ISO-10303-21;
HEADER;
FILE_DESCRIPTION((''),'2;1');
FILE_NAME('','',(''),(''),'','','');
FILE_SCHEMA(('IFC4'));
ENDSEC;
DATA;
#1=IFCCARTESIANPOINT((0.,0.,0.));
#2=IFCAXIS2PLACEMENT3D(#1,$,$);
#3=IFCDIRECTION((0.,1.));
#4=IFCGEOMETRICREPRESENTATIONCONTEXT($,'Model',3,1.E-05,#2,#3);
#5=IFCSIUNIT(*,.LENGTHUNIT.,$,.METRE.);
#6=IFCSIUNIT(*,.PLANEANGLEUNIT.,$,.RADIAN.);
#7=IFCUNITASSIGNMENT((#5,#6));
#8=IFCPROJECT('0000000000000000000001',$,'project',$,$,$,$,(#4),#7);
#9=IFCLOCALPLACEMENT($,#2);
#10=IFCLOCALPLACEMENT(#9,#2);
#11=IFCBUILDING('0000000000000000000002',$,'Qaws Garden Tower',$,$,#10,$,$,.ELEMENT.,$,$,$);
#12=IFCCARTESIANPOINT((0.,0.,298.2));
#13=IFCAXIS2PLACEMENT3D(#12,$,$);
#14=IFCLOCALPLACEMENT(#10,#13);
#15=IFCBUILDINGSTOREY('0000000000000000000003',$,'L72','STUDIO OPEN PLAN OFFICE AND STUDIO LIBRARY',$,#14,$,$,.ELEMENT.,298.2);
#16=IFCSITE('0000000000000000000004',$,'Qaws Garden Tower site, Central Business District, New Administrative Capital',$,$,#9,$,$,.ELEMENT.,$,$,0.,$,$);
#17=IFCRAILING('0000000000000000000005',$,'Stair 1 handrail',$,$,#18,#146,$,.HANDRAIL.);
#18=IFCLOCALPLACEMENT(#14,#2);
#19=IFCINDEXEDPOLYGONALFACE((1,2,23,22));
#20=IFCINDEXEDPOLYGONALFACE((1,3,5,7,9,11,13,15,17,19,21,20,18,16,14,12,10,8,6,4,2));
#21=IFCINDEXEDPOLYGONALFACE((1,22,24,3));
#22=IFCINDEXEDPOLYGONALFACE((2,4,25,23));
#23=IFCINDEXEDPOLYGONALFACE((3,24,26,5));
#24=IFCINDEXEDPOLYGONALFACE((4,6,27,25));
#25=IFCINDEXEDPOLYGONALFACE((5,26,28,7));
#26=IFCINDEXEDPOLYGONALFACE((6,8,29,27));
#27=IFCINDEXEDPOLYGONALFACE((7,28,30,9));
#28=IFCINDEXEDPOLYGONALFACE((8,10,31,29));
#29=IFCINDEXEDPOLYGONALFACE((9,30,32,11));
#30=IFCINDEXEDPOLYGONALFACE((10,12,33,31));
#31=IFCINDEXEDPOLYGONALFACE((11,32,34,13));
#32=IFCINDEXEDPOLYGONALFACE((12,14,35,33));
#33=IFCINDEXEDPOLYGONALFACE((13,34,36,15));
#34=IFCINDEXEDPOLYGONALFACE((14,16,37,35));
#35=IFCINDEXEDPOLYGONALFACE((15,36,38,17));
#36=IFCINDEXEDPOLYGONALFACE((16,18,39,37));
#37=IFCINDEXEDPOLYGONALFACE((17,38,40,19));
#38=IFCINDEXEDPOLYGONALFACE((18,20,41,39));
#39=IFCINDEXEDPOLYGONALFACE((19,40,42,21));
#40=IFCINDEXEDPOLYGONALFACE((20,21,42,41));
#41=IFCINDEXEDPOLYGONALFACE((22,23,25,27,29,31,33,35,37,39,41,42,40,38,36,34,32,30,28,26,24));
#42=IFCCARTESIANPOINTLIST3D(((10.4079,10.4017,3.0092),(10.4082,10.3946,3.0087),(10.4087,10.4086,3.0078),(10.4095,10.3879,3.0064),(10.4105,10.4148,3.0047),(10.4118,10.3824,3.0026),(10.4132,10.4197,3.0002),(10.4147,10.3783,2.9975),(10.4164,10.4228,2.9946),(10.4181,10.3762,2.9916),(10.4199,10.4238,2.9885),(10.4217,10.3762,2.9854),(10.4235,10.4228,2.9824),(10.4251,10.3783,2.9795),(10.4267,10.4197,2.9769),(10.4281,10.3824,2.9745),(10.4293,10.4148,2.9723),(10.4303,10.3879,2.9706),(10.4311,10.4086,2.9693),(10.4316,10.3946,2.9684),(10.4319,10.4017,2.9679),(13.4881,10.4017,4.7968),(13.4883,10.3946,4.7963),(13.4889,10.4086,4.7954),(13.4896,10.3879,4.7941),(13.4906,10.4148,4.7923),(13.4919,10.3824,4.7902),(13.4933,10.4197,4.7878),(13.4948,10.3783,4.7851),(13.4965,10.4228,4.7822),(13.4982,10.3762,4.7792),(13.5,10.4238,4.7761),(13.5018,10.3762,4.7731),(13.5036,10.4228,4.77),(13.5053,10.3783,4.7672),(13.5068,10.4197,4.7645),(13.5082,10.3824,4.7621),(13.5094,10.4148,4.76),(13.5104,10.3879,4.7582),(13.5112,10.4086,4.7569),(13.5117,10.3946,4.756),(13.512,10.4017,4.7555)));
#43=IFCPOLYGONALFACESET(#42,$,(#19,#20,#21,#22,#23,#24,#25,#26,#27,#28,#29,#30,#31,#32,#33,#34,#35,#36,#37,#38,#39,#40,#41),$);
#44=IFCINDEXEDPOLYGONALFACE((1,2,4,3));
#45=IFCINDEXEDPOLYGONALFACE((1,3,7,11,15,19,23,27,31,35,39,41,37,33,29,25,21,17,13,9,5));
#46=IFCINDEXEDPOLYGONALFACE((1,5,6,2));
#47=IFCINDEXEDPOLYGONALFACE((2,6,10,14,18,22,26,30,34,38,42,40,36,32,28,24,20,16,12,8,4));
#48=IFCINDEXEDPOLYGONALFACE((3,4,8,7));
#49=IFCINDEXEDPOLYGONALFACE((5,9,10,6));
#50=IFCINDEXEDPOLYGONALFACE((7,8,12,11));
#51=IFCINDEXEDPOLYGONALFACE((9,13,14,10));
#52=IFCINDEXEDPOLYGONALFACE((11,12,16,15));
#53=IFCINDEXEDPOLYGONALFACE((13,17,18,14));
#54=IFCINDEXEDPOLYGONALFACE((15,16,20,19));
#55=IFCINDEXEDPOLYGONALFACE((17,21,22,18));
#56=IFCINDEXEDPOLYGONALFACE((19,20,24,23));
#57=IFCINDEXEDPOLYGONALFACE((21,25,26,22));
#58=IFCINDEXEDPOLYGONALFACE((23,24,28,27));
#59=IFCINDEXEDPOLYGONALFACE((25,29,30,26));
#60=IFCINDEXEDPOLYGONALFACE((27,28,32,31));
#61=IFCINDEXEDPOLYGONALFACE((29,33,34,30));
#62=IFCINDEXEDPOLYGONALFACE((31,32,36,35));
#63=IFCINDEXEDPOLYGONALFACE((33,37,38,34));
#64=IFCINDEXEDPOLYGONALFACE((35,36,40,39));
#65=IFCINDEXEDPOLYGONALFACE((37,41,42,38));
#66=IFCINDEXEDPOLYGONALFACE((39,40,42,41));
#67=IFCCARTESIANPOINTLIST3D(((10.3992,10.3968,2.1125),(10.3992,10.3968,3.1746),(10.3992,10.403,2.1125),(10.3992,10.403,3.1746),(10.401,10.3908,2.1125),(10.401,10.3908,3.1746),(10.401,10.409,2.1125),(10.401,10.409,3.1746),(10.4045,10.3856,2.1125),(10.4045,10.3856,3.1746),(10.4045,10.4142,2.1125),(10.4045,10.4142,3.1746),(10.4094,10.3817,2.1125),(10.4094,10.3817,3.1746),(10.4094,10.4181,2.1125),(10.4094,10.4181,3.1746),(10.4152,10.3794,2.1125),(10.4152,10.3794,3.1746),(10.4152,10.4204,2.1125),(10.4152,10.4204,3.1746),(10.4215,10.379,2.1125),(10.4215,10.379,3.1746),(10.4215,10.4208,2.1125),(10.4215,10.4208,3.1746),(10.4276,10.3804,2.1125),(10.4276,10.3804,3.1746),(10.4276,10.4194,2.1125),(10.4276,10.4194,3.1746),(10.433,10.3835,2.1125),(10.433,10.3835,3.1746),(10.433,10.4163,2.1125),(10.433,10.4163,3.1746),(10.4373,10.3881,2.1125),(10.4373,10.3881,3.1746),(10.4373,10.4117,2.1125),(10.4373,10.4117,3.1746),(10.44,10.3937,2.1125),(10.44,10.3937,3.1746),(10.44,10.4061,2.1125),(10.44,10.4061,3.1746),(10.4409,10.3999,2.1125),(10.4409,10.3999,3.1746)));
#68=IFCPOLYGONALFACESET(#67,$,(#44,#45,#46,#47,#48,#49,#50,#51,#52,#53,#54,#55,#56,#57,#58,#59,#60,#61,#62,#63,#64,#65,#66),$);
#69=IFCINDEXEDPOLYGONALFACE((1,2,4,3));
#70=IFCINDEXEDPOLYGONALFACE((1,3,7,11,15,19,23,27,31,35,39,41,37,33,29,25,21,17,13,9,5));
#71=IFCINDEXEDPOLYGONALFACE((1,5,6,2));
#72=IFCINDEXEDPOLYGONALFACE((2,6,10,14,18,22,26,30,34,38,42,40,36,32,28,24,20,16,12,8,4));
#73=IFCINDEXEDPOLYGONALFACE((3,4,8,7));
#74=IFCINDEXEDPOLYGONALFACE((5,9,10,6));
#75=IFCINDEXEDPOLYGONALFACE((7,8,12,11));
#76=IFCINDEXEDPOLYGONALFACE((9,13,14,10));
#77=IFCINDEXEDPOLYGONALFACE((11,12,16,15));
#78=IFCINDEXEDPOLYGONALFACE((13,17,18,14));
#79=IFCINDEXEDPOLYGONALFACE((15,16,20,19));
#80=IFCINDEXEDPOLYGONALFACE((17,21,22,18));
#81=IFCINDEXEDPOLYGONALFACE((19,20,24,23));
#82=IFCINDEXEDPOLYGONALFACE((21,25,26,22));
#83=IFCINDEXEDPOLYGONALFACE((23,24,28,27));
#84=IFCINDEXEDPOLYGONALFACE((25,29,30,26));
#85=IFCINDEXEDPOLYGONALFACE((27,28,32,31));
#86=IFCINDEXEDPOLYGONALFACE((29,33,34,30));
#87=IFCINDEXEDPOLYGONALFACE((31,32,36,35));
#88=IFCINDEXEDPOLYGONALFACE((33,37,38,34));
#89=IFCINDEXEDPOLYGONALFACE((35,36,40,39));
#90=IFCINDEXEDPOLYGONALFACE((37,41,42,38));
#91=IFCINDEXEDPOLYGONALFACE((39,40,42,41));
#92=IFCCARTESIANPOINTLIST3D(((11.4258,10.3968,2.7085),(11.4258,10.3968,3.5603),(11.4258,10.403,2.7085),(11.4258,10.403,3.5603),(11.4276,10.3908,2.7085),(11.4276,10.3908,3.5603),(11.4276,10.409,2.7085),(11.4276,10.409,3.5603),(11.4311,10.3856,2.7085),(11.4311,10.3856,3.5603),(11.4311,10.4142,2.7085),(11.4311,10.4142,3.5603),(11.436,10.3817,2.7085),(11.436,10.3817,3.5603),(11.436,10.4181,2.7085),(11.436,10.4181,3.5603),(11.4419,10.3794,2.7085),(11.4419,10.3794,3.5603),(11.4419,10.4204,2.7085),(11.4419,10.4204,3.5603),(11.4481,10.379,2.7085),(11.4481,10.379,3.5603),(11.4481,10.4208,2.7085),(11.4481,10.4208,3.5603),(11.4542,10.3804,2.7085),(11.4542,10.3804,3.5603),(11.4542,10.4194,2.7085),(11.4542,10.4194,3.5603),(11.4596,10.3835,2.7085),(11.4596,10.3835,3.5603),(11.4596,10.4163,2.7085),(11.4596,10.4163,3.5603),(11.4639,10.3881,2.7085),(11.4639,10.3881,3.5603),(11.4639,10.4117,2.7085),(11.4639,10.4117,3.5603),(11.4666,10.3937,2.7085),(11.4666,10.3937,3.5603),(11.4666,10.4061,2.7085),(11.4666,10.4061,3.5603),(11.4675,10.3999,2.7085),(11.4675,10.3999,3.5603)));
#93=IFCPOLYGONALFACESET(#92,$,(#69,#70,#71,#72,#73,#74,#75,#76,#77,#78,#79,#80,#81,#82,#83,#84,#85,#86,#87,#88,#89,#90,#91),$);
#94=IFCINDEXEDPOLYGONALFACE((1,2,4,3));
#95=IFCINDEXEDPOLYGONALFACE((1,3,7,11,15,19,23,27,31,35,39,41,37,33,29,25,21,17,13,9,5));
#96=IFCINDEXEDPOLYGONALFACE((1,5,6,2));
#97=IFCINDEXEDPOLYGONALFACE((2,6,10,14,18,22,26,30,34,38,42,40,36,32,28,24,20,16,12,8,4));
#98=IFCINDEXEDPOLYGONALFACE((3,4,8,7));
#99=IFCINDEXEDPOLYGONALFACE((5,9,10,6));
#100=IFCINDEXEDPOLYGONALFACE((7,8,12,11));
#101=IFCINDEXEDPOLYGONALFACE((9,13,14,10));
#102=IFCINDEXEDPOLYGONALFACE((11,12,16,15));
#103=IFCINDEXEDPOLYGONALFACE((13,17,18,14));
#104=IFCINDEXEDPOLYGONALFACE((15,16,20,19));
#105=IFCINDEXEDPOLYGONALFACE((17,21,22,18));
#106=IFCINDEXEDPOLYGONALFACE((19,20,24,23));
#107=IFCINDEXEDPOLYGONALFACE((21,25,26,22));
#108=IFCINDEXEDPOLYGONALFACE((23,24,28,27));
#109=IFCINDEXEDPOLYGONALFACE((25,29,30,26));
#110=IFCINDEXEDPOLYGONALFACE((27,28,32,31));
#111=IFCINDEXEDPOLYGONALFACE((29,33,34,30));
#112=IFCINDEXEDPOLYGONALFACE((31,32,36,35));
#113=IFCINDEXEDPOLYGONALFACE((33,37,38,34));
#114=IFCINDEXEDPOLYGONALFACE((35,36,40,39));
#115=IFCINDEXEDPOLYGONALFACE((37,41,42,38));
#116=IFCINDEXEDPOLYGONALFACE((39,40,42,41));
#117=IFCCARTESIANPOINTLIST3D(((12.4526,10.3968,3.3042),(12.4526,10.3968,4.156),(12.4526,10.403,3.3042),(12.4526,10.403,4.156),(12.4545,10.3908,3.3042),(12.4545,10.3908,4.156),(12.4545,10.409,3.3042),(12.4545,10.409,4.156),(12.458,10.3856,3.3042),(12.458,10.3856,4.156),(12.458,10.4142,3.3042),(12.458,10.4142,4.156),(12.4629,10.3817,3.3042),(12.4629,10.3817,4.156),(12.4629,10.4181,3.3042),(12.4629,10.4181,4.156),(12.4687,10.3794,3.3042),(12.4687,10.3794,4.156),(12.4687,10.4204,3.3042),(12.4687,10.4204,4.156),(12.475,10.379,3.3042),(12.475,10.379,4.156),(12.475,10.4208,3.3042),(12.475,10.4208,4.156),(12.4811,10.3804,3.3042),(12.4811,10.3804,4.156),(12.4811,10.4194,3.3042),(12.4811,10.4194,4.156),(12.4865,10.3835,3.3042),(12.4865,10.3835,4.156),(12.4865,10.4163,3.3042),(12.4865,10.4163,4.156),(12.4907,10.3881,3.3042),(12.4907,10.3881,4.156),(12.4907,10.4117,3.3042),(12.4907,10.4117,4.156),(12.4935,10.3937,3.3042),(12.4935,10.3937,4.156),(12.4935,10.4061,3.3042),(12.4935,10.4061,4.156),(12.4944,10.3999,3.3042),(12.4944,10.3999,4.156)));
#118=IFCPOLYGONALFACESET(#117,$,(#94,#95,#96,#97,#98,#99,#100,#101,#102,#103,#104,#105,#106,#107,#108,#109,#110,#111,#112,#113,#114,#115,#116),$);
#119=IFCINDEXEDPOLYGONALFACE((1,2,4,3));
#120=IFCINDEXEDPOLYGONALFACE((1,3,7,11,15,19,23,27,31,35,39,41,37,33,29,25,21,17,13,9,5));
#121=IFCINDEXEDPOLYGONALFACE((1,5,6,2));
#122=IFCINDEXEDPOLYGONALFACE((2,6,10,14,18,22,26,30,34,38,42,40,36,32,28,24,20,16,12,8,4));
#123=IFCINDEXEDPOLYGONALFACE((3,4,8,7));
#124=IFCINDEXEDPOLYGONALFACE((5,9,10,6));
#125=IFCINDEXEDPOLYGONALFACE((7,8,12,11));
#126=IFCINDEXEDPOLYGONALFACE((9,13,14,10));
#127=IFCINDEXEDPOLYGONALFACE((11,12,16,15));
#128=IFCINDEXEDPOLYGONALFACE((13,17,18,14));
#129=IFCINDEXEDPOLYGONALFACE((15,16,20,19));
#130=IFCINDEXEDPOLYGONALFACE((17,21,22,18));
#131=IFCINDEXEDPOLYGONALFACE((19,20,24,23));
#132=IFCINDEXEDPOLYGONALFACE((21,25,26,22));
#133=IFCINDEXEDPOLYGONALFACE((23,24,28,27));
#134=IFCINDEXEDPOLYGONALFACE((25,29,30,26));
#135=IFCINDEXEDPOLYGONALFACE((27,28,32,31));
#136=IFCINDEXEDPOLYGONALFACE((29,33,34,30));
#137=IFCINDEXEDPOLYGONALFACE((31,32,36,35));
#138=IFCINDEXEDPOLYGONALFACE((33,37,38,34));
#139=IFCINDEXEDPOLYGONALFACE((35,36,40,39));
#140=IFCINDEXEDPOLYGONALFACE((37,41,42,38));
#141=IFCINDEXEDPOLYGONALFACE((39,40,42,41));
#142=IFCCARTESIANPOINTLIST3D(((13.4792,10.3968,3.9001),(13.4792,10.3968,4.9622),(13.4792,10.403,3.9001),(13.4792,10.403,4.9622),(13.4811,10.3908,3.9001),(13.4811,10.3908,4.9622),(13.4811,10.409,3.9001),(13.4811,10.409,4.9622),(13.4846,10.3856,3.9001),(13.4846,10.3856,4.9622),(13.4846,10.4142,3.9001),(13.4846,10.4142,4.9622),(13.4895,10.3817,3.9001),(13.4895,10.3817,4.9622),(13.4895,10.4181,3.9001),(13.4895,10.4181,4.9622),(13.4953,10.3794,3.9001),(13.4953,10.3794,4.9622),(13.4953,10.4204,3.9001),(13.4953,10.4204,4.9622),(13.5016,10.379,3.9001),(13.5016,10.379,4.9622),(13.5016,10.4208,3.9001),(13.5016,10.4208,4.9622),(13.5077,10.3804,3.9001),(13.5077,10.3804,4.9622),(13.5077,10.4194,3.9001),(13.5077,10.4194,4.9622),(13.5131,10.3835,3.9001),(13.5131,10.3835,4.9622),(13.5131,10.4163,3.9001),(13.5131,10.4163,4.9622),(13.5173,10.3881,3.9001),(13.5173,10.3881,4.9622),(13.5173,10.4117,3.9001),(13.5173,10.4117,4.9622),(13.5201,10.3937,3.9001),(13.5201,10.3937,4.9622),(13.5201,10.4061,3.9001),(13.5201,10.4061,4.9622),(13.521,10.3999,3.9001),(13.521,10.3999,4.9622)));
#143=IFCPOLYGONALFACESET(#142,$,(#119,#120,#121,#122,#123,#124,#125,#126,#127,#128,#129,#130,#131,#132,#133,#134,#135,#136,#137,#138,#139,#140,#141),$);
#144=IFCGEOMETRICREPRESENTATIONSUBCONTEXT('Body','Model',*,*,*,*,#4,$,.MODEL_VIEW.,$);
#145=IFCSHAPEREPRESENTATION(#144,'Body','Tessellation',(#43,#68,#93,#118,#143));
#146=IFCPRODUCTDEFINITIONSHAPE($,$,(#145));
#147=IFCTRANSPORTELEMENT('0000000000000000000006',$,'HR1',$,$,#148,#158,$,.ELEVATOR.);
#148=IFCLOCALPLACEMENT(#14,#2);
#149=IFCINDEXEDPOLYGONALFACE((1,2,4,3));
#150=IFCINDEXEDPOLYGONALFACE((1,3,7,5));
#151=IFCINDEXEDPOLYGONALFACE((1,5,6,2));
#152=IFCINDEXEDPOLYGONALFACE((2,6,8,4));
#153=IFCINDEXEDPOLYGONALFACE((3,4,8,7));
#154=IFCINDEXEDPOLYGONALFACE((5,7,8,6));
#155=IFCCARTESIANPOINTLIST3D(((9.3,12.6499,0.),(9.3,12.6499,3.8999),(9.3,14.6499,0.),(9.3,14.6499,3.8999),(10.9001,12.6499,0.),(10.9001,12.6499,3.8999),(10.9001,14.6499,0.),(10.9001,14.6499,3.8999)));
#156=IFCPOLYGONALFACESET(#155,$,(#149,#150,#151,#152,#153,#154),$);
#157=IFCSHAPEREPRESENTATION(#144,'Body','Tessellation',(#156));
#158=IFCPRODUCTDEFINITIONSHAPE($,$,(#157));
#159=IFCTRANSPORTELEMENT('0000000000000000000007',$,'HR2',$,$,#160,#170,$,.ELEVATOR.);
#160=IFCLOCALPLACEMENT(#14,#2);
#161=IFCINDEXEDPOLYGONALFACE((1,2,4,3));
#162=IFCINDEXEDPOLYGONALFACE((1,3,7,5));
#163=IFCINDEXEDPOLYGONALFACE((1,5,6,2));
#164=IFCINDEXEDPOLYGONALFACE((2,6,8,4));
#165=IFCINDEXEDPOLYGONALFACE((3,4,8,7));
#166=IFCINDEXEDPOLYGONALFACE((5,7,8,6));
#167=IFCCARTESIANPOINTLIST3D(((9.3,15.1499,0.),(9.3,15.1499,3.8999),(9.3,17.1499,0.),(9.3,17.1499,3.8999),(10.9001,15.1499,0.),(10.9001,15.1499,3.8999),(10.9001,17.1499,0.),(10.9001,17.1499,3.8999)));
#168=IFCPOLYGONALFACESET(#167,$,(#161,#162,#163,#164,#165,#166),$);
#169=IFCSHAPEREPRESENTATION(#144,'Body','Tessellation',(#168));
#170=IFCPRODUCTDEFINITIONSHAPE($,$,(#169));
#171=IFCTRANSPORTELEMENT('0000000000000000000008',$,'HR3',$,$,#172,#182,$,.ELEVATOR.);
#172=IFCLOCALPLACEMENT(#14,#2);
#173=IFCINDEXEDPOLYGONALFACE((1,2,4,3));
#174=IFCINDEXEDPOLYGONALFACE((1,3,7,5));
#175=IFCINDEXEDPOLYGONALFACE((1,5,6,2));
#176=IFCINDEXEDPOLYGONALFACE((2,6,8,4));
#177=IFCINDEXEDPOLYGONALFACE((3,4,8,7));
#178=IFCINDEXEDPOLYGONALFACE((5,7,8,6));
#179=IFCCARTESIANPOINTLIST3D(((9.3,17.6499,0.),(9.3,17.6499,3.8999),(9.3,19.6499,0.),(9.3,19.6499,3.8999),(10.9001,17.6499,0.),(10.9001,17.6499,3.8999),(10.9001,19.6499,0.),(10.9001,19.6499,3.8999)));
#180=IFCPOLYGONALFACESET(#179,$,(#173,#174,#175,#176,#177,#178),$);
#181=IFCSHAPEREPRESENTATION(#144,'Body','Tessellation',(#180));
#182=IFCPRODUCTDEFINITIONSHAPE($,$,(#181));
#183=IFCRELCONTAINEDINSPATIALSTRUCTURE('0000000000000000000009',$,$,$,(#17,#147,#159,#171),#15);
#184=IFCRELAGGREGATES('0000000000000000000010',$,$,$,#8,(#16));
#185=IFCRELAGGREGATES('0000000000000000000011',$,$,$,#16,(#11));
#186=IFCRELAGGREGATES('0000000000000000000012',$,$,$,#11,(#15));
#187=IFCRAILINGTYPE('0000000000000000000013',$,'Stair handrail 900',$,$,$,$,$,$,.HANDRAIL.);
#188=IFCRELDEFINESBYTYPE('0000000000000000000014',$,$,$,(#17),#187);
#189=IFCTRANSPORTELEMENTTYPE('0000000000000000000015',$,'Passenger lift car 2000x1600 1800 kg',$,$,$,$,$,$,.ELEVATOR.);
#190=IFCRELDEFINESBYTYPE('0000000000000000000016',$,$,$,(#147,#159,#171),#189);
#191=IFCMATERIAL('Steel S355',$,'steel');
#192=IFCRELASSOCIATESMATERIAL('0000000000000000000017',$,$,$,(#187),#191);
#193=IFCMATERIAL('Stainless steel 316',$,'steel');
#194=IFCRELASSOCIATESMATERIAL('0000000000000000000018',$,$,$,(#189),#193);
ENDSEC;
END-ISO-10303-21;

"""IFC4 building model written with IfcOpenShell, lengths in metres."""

from ifc_helpers import new_model, si_unit, direction, frame, origin, origin_2d, place, context, subcontext, project, spatial, rectangle, circle, extrude, material, type_object, element, save


model = new_model("IFC4")

# Units and contexts
model_context = context("Model", 3, precision=1e-05, world=origin(), true_north=direction((0.0, 1.0)))
body_context = subcontext(model_context, "Body", "Model", "MODEL_VIEW")
ifc_project = project(units=[si_unit("LENGTHUNIT", "METRE"), si_unit("PLANEANGLEUNIT", "RADIAN")], contexts=[model_context])

# Site, building, storey
site_placement = place(None, origin())
site = spatial("IfcSite", under=ifc_project, at=site_placement, Name="Qaws Garden Tower site, Central Business District, New Administrative Capital", CompositionType="ELEMENT", RefElevation=0.0)
building_placement = place(site_placement, origin())
building = spatial("IfcBuilding", under=site, at=building_placement, Name="Qaws Garden Tower", CompositionType="ELEMENT")
storey_placement = place(building_placement, frame((0.0, 0.0, 298.2)))
storey = spatial("IfcBuildingStorey", under=building, at=storey_placement, Name="L72", Description="STUDIO OPEN PLAN OFFICE AND STUDIO LIBRARY", CompositionType="ELEMENT", Elevation=298.2)

# Railing
ifc_material_1 = material(Name="Steel S355", Category="steel")
railing_type = type_object("IfcRailingType", Name="Stair handrail 900", PredefinedType="HANDRAIL", material=ifc_material_1)
railing_placement = place(storey_placement, frame((10.4199, 10.3999, 2.1125)))
element("IfcRailing", 1, at=railing_placement, inside=storey, type_object=railing_type, Name="Stair 1 handrail", PredefinedType="HANDRAIL", context=body_context, shape_type="SweptSolid", body=[
    extrude(circle(Radius=0.0239, at=origin_2d()), frame((0.0, 0.0, 0.876), z_axis=(0.864891, 0.0, 0.50196), x_axis=(0.0, 1.0, 0.0)), (0.0, 0.0, 1.0), 3.5613),
    extrude(circle(Radius=0.021, at=origin_2d()), origin(), (0.0, 0.0, 1.0), 1.062),
    extrude(circle(Radius=0.021, at=origin_2d()), frame((1.0266, 0.0, 0.5959)), (0.0, 0.0, 1.0), 0.8518),
    extrude(circle(Radius=0.021, at=origin_2d()), frame((2.0535, 0.0, 1.1917)), (0.0, 0.0, 1.0), 0.8518),
    extrude(circle(Radius=0.021, at=origin_2d()), frame((3.0801, 0.0, 1.7876)), (0.0, 0.0, 1.0), 1.062),
])

# Transport elements
ifc_material_2 = material(Name="Stainless steel 316", Category="steel")
transport_element_type = type_object("IfcTransportElementType", Name="Passenger lift car 2000x1600 1800 kg", PredefinedType="ELEVATOR", material=ifc_material_2)
for number, where, z_axis, x_axis, name in (
    (2, (10.1001, 13.6499, 0.0), (0.0, 0.0, 1.0), (1.0, 0.0, 0.0), "HR1"),
    (3, (10.1001, 16.1499, 0.0), (0.0, 0.0, 1.0), (1.0, 0.0, 0.0), "HR2"),
    (4, (10.1001, 18.6499, 0.0), (0.0, 0.0, 1.0), (1.0, 0.0, 0.0), "HR3"),
):
    element("IfcTransportElement", number, at=place(storey_placement, frame(where, z_axis=z_axis, x_axis=x_axis)), inside=storey, type_object=transport_element_type, Name=name, PredefinedType="ELEVATOR", context=body_context, shape_type="SweptSolid", body=[
        extrude(rectangle(XDim=1.6001, YDim=2.0, at=origin_2d()), origin(), (0.0, 0.0, 1.0), 3.8999),
    ])

save(model, "model.ifc")
